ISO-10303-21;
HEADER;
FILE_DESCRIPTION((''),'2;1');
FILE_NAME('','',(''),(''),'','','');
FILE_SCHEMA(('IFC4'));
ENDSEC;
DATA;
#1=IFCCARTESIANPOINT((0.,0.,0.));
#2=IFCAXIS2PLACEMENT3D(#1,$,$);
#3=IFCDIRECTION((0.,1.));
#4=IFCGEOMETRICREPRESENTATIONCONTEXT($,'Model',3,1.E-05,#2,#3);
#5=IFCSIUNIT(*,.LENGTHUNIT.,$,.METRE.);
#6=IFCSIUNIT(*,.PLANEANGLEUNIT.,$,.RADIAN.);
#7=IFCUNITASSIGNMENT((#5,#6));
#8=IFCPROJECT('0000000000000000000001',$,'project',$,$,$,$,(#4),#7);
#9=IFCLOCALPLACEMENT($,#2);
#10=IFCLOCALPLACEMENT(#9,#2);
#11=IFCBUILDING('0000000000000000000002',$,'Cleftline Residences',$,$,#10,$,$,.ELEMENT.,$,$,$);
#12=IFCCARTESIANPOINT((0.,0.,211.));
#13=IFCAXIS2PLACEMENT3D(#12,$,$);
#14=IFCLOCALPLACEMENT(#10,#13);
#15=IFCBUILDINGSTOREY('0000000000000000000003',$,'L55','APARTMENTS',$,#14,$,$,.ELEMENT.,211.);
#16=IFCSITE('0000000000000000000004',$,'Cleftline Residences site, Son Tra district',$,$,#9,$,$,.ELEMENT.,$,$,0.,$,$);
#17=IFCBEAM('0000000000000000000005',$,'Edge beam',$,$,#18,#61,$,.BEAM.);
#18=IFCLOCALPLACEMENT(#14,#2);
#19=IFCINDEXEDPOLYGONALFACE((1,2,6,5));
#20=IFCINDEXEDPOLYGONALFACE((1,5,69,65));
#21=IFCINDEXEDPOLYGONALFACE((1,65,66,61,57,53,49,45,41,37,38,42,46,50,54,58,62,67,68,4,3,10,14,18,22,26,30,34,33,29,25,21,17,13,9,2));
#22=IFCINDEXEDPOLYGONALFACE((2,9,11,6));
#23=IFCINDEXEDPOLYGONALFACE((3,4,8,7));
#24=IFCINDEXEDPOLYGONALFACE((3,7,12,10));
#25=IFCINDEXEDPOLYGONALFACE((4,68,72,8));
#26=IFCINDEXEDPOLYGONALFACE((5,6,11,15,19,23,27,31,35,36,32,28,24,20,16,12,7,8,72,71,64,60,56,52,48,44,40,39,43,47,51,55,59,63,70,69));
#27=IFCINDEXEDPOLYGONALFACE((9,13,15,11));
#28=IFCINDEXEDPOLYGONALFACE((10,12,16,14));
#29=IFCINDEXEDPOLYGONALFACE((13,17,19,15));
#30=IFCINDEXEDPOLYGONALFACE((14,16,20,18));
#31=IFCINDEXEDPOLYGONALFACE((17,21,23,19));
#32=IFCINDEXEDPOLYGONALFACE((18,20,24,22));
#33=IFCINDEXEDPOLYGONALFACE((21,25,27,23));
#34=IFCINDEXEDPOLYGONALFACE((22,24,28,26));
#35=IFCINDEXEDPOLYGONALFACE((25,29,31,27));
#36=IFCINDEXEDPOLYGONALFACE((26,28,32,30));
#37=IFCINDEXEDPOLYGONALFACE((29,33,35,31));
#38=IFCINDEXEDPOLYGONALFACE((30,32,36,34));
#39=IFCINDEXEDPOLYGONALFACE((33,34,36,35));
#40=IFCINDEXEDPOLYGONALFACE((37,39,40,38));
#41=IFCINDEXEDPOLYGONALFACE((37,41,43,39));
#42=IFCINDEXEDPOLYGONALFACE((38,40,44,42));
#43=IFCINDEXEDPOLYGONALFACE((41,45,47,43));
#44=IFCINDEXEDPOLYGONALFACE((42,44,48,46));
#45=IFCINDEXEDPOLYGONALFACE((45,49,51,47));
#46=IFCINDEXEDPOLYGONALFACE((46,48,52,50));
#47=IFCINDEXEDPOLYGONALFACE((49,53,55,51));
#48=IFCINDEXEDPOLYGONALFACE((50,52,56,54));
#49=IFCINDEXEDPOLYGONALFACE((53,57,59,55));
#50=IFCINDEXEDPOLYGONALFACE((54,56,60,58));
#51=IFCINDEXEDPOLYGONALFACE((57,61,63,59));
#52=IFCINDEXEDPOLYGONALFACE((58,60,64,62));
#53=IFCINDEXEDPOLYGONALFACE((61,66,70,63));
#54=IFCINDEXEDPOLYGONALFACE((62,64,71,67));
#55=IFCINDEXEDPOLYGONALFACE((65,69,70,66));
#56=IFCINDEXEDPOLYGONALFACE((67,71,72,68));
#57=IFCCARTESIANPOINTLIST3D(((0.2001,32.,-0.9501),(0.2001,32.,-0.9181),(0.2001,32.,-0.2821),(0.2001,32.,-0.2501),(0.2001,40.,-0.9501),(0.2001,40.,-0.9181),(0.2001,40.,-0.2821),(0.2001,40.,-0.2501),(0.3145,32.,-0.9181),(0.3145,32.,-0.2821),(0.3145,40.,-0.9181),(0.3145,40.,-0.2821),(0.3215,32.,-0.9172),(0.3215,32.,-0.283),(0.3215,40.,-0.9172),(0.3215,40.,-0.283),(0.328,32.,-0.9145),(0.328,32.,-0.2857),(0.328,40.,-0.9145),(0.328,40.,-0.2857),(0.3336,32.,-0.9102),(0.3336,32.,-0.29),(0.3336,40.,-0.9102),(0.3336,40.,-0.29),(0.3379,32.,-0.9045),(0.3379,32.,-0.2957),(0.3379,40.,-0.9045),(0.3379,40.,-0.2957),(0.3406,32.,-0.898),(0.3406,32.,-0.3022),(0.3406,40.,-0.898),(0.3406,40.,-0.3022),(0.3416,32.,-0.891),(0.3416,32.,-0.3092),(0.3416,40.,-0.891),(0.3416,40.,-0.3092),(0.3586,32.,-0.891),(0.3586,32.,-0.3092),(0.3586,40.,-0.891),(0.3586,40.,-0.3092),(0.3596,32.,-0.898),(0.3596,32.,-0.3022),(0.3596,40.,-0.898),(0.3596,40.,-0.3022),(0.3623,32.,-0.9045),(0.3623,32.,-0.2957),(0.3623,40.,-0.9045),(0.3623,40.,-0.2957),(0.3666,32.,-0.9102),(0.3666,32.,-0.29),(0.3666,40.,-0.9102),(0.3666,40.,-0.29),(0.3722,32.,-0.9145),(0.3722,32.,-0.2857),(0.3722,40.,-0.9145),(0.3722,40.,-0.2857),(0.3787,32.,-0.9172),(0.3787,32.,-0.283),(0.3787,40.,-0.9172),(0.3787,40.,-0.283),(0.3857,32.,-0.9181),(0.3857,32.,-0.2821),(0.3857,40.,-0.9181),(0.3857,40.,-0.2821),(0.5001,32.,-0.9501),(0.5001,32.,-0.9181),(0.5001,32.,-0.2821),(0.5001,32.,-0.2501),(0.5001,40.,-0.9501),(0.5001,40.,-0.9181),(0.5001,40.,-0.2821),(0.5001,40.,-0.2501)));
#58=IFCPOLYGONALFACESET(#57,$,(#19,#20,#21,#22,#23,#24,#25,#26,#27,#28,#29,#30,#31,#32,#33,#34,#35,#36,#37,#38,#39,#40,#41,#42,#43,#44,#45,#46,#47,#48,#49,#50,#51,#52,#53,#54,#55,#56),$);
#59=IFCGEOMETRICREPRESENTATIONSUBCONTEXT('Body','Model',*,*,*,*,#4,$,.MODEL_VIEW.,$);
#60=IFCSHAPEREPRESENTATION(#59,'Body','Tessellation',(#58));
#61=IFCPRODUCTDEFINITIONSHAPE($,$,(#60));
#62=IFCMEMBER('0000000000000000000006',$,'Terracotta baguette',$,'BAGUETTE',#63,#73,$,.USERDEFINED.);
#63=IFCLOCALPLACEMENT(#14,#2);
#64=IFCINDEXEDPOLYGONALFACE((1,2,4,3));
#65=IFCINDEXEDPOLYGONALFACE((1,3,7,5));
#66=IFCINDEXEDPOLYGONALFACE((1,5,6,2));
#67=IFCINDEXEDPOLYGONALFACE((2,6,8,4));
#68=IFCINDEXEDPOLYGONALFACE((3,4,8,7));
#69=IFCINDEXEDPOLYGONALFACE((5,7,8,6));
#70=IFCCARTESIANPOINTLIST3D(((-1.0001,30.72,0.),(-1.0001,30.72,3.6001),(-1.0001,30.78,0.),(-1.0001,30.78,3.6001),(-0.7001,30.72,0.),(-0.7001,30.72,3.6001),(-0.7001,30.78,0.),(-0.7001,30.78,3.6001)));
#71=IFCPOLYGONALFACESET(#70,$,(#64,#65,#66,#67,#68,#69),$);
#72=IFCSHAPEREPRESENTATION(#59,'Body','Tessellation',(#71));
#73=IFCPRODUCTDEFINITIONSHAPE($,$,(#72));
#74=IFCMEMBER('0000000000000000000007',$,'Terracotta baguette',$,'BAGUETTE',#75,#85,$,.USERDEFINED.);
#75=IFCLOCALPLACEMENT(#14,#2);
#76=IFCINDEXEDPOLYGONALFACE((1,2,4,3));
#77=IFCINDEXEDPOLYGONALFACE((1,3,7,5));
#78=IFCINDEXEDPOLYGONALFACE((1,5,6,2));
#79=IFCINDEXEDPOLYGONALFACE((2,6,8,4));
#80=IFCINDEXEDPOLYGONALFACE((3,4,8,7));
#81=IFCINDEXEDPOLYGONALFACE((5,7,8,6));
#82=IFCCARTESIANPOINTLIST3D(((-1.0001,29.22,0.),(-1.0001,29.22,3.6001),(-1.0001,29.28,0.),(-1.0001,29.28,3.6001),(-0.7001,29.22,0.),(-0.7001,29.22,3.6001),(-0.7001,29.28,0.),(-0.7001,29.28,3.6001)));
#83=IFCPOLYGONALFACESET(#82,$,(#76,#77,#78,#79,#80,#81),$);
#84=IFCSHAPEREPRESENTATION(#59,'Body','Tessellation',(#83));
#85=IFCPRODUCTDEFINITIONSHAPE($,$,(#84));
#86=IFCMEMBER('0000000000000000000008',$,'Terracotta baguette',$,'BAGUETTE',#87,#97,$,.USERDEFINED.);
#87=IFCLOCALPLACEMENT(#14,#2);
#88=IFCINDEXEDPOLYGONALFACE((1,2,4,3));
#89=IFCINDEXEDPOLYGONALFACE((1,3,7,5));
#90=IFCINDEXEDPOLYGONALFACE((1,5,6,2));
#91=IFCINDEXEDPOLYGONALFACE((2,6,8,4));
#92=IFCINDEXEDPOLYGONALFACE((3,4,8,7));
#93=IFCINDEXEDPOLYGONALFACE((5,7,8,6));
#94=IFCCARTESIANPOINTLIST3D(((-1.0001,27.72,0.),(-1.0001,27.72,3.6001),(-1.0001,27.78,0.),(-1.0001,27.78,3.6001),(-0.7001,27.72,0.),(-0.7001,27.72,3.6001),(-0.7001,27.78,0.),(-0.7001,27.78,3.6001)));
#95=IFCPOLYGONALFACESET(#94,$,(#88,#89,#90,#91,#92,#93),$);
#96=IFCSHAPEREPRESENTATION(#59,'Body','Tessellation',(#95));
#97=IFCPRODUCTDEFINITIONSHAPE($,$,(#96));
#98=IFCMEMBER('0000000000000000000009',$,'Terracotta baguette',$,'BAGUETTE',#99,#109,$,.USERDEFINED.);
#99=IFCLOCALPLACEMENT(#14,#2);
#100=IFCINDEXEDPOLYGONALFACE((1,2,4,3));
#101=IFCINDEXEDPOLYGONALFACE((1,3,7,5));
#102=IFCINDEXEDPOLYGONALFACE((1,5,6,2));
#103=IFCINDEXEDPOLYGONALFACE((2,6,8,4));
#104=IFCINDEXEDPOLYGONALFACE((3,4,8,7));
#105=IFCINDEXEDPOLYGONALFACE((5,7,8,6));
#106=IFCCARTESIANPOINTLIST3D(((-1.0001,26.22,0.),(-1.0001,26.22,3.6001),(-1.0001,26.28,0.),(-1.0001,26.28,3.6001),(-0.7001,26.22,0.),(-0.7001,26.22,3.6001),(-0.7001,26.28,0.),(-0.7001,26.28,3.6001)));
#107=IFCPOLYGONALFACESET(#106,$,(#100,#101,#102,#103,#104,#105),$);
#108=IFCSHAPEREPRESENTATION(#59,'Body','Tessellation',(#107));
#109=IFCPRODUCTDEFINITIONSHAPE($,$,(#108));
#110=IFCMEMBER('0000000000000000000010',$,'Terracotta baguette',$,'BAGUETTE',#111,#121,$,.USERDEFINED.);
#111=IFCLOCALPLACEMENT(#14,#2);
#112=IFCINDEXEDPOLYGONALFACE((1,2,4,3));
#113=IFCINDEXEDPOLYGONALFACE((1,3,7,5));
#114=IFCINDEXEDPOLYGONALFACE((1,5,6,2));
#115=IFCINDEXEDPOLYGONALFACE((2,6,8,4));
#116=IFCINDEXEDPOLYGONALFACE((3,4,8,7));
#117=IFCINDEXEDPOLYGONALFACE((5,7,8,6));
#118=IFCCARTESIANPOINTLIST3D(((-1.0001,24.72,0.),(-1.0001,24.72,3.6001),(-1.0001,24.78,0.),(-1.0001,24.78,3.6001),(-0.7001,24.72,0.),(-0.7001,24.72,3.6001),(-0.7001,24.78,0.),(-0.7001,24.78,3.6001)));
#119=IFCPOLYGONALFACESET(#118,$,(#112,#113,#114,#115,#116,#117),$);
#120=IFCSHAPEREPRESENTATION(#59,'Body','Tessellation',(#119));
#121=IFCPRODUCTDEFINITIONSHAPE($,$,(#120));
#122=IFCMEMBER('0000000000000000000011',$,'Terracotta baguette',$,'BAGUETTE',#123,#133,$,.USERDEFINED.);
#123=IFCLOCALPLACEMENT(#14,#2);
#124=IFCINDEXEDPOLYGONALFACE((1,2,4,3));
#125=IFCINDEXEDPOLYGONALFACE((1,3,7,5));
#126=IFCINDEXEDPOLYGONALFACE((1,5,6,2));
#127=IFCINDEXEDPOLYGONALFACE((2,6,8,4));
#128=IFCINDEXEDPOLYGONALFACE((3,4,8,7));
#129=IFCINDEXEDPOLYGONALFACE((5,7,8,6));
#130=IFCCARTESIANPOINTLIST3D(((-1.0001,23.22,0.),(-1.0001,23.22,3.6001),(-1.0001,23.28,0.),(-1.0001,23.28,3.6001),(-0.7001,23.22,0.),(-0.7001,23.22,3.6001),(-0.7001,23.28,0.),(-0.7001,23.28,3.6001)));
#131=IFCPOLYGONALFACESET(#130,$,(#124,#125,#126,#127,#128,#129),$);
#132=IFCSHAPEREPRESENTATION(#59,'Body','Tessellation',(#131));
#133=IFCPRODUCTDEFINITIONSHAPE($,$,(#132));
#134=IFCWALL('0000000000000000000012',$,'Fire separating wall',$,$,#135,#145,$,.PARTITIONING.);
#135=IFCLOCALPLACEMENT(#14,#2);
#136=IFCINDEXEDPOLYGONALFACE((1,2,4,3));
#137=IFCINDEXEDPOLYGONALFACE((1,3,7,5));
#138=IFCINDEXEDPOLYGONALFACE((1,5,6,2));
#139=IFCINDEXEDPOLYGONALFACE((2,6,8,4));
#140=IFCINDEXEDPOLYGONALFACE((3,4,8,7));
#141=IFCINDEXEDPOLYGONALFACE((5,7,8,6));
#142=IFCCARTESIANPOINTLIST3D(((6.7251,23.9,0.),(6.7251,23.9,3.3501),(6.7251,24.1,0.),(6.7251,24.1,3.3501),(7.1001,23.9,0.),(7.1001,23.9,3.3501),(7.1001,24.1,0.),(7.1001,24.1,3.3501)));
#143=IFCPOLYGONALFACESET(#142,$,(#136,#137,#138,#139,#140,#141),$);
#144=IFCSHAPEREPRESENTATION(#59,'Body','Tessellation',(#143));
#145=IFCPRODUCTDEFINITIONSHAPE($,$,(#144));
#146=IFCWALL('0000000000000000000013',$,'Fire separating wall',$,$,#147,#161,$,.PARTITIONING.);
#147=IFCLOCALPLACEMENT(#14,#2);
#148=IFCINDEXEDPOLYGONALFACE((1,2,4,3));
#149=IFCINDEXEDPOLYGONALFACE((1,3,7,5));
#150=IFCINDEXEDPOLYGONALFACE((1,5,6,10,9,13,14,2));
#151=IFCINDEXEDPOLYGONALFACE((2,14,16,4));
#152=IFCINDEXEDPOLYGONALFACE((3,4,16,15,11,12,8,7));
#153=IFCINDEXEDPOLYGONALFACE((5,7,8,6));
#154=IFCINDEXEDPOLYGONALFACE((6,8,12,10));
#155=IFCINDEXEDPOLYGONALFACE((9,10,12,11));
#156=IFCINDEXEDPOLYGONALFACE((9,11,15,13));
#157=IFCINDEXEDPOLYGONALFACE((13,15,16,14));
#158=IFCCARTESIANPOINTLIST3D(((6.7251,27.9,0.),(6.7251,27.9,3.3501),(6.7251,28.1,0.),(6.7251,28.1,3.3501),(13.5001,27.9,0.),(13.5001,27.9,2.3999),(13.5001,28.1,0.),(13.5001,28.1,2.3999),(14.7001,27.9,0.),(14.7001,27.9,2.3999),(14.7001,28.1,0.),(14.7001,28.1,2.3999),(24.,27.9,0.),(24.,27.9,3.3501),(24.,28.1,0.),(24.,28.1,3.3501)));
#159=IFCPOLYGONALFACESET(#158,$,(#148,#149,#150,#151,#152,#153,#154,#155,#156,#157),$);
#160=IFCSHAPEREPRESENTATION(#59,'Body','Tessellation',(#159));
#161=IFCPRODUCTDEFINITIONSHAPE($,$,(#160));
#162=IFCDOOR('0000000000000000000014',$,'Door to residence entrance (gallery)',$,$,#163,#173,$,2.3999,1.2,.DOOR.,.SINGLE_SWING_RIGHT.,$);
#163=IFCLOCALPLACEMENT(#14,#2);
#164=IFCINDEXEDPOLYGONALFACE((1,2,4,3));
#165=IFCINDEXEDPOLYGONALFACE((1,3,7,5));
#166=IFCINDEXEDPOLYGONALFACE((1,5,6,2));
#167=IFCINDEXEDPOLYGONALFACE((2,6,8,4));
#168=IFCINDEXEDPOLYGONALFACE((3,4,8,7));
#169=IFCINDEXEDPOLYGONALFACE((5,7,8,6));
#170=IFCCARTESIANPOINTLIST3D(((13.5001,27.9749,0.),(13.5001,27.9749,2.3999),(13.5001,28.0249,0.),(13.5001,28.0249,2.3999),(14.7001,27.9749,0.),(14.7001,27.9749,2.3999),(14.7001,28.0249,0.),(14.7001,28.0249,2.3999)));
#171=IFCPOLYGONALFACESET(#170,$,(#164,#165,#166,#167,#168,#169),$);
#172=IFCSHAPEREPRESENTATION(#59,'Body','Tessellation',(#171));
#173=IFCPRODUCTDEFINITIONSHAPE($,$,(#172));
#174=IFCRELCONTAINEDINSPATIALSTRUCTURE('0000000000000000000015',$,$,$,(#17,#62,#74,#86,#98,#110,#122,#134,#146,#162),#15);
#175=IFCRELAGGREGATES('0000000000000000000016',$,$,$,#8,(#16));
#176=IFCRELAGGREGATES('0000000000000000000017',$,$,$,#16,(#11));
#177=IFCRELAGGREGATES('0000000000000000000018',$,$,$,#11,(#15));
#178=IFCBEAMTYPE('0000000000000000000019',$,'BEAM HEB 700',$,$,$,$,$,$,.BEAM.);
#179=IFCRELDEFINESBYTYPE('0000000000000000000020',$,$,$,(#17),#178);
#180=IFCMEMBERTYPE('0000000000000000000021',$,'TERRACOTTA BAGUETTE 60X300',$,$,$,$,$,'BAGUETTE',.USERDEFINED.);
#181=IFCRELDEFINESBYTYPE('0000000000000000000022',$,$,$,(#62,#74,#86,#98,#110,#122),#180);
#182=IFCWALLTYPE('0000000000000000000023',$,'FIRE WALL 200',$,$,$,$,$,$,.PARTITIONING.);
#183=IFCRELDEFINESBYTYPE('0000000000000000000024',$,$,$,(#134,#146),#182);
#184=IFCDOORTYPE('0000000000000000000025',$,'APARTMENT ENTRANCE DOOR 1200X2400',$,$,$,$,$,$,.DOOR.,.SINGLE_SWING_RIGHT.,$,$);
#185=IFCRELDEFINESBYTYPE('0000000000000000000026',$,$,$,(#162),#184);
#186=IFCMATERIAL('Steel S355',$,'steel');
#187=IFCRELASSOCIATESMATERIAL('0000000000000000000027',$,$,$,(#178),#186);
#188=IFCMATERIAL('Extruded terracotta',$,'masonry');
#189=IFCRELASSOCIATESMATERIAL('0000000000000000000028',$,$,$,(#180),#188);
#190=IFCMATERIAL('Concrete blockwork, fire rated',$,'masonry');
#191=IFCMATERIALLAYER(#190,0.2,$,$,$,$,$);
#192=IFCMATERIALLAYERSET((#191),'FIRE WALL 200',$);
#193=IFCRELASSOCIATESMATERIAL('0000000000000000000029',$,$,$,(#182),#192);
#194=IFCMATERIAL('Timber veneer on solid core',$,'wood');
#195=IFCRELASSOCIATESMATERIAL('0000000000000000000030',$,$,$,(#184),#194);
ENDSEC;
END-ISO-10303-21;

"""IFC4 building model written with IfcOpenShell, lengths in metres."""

from ifc_helpers import new_model, si_unit, direction, frame, frame_2d, origin, origin_2d, place, context, subcontext, project, spatial, rectangle, i_section, extrude, material, layer, layer_set, material_profile, profile_set, type_object, element, fill, save


model = new_model("IFC4")

# Units and contexts
model_context = context("Model", 3, precision=1e-05, world=origin(), true_north=direction((0.0, 1.0)))
body_context = subcontext(model_context, "Body", "Model", "MODEL_VIEW")
ifc_project = project(units=[si_unit("LENGTHUNIT", "METRE"), si_unit("PLANEANGLEUNIT", "RADIAN")], contexts=[model_context])

# Site, building, storey
site_placement = place(None, origin())
site = spatial("IfcSite", under=ifc_project, at=site_placement, Name="Cleftline Residences site, Son Tra district", CompositionType="ELEMENT", RefElevation=0.0)
building_placement = place(site_placement, origin())
building = spatial("IfcBuilding", under=site, at=building_placement, Name="Cleftline Residences", CompositionType="ELEMENT")
storey_placement = place(building_placement, frame((0.0, 0.0, 211.0)))
storey = spatial("IfcBuildingStorey", under=building, at=storey_placement, Name="L55", Description="APARTMENTS", CompositionType="ELEMENT", Elevation=211.0)

# Beam
ifc_material_1 = material(Name="Steel S355", Category="steel")
ifc_material_profile_1 = material_profile(ifc_material_1, i_section(OverallWidth=0.3, OverallDepth=0.7, WebThickness=0.0171, FlangeThickness=0.032, FilletRadius=0.0271, at=origin_2d()))
ifc_profile_set_1 = profile_set([ifc_material_profile_1], Name="Steel S355")
beam_type = type_object("IfcBeamType", Name="BEAM HEB 700", PredefinedType="BEAM", material=ifc_profile_set_1)
for number, where, z_axis, x_axis, name in (
    (1, (0.3501, 32.0, -0.6001), (0.0, 1.0, 0.0), (-1.0, 0.0, 0.0), "Edge beam"),
):
    element("IfcBeam", number, at=place(storey_placement, frame(where, z_axis=z_axis, x_axis=x_axis)), inside=storey, type_object=beam_type, Name=name, PredefinedType="BEAM", context=body_context, shape_type="SweptSolid", body=[
        extrude(i_section(OverallWidth=0.3, OverallDepth=0.7, WebThickness=0.0171, FlangeThickness=0.032, FilletRadius=0.0271, at=origin_2d()), origin(), (0.0, 0.0, 1.0), 8.0),
    ])

# Members
ifc_material_2 = material(Name="Extruded terracotta", Category="masonry")
ifc_material_profile_2 = material_profile(ifc_material_2, rectangle(XDim=0.0601, YDim=0.3, at=origin_2d()))
ifc_profile_set_2 = profile_set([ifc_material_profile_2], Name="Extruded terracotta")
member_type_1 = type_object("IfcMemberType", Name="TERRACOTTA BAGUETTE 60X300", ElementType="BAGUETTE", PredefinedType="USERDEFINED", material=ifc_profile_set_2)
for number, where, z_axis, x_axis, name in (
    (2, (-0.8501, 30.75, 0.0), (0.0, 0.0, 1.0), (0.0, 1.0, 0.0), "Terracotta baguette"),
    (3, (-0.8501, 29.25, 0.0), (0.0, 0.0, 1.0), (0.0, 1.0, 0.0), "Terracotta baguette"),
    (4, (-0.8501, 27.75, 0.0), (0.0, 0.0, 1.0), (0.0, 1.0, 0.0), "Terracotta baguette"),
    (5, (-0.8501, 26.25, 0.0), (0.0, 0.0, 1.0), (0.0, 1.0, 0.0), "Terracotta baguette"),
    (6, (-0.8501, 24.75, 0.0), (0.0, 0.0, 1.0), (0.0, 1.0, 0.0), "Terracotta baguette"),
    (7, (-0.8501, 23.25, 0.0), (0.0, 0.0, 1.0), (0.0, 1.0, 0.0), "Terracotta baguette"),
):
    element("IfcMember", number, at=place(storey_placement, frame(where, z_axis=z_axis, x_axis=x_axis)), inside=storey, type_object=member_type_1, Name=name, ObjectType="BAGUETTE", PredefinedType="USERDEFINED", context=body_context, shape_type="SweptSolid", body=[
        extrude(rectangle(XDim=0.0601, YDim=0.3, at=origin_2d()), origin(), (0.0, 0.0, 1.0), 3.6001),
    ])

# Wall
ifc_material_3 = material(Name="Concrete blockwork, fire rated", Category="masonry")
ifc_layer_1 = layer(ifc_material_3, 0.2)
ifc_layer_set_1 = layer_set([ifc_layer_1], Name="FIRE WALL 200")
wall_type_1 = type_object("IfcWallType", Name="FIRE WALL 200", PredefinedType="PARTITIONING", material=ifc_layer_set_1)
wall_1_placement = place(storey_placement, frame((6.7251, 24.0, 0.0), z_axis=(0.0, 0.0, 1.0), x_axis=(1.0, 0.0, 0.0)))
element("IfcWall", 8, at=wall_1_placement, inside=storey, type_object=wall_type_1, Name="Fire separating wall", PredefinedType="PARTITIONING", context=body_context, shape_type="SweptSolid", body=[
    extrude(rectangle(XDim=0.375, YDim=0.2, at=frame_2d((0.1875, 0.0))), origin(), (0.0, 0.0, 1.0), 3.3501),
])

# Wall, opening, door
wall_2_placement = place(storey_placement, frame((6.7251, 28.0, 0.0), z_axis=(0.0, 0.0, 1.0), x_axis=(1.0, 0.0, 0.0)))
wall_2 = element("IfcWall", 9, at=wall_2_placement, inside=storey, type_object=wall_type_1, Name="Fire separating wall", PredefinedType="PARTITIONING", context=body_context, shape_type="SweptSolid", body=[
    extrude(rectangle(XDim=17.2749, YDim=0.2, at=frame_2d((8.6375, 0.0))), origin(), (0.0, 0.0, 1.0), 3.3501),
])
opening_1_placement = place(wall_2_placement, frame((6.7749, 0.0, 0.0)))
opening_1 = element("IfcOpeningElement", 10, at=opening_1_placement, cuts=wall_2, PredefinedType="OPENING", context=body_context, shape_type="SweptSolid", body=[
    extrude(rectangle(XDim=1.2, YDim=2.3999, at=frame_2d((0.6001, 1.2))), frame((0.0, 0.1099, 0.0), z_axis=(0.0, -1.0, 0.0), x_axis=(1.0, 0.0, 0.0)), (0.0, 0.0, 1.0), 0.22),
])
ifc_material_4 = material(Name="Timber veneer on solid core", Category="wood")
door_type_1 = type_object("IfcDoorType", Name="APARTMENT ENTRANCE DOOR 1200X2400", OperationType="SINGLE_SWING_RIGHT", PredefinedType="DOOR", material=ifc_material_4)
door_1_placement = place(opening_1_placement, origin())
door_1 = element("IfcDoor", 11, at=door_1_placement, inside=storey, type_object=door_type_1, Name="Door to residence entrance (gallery)", OperationType="SINGLE_SWING_RIGHT", OverallHeight=2.3999, OverallWidth=1.2, PredefinedType="DOOR", context=body_context, shape_type="SweptSolid", body=[
    extrude(rectangle(XDim=1.2, YDim=2.3999, at=frame_2d((0.6001, 1.2))), frame((0.0, 0.0249, 0.0), z_axis=(0.0, -1.0, 0.0), x_axis=(1.0, 0.0, 0.0)), (0.0, 0.0, 1.0), 0.05),
])
fill(opening_1, door_1)

save(model, "model.ifc")
